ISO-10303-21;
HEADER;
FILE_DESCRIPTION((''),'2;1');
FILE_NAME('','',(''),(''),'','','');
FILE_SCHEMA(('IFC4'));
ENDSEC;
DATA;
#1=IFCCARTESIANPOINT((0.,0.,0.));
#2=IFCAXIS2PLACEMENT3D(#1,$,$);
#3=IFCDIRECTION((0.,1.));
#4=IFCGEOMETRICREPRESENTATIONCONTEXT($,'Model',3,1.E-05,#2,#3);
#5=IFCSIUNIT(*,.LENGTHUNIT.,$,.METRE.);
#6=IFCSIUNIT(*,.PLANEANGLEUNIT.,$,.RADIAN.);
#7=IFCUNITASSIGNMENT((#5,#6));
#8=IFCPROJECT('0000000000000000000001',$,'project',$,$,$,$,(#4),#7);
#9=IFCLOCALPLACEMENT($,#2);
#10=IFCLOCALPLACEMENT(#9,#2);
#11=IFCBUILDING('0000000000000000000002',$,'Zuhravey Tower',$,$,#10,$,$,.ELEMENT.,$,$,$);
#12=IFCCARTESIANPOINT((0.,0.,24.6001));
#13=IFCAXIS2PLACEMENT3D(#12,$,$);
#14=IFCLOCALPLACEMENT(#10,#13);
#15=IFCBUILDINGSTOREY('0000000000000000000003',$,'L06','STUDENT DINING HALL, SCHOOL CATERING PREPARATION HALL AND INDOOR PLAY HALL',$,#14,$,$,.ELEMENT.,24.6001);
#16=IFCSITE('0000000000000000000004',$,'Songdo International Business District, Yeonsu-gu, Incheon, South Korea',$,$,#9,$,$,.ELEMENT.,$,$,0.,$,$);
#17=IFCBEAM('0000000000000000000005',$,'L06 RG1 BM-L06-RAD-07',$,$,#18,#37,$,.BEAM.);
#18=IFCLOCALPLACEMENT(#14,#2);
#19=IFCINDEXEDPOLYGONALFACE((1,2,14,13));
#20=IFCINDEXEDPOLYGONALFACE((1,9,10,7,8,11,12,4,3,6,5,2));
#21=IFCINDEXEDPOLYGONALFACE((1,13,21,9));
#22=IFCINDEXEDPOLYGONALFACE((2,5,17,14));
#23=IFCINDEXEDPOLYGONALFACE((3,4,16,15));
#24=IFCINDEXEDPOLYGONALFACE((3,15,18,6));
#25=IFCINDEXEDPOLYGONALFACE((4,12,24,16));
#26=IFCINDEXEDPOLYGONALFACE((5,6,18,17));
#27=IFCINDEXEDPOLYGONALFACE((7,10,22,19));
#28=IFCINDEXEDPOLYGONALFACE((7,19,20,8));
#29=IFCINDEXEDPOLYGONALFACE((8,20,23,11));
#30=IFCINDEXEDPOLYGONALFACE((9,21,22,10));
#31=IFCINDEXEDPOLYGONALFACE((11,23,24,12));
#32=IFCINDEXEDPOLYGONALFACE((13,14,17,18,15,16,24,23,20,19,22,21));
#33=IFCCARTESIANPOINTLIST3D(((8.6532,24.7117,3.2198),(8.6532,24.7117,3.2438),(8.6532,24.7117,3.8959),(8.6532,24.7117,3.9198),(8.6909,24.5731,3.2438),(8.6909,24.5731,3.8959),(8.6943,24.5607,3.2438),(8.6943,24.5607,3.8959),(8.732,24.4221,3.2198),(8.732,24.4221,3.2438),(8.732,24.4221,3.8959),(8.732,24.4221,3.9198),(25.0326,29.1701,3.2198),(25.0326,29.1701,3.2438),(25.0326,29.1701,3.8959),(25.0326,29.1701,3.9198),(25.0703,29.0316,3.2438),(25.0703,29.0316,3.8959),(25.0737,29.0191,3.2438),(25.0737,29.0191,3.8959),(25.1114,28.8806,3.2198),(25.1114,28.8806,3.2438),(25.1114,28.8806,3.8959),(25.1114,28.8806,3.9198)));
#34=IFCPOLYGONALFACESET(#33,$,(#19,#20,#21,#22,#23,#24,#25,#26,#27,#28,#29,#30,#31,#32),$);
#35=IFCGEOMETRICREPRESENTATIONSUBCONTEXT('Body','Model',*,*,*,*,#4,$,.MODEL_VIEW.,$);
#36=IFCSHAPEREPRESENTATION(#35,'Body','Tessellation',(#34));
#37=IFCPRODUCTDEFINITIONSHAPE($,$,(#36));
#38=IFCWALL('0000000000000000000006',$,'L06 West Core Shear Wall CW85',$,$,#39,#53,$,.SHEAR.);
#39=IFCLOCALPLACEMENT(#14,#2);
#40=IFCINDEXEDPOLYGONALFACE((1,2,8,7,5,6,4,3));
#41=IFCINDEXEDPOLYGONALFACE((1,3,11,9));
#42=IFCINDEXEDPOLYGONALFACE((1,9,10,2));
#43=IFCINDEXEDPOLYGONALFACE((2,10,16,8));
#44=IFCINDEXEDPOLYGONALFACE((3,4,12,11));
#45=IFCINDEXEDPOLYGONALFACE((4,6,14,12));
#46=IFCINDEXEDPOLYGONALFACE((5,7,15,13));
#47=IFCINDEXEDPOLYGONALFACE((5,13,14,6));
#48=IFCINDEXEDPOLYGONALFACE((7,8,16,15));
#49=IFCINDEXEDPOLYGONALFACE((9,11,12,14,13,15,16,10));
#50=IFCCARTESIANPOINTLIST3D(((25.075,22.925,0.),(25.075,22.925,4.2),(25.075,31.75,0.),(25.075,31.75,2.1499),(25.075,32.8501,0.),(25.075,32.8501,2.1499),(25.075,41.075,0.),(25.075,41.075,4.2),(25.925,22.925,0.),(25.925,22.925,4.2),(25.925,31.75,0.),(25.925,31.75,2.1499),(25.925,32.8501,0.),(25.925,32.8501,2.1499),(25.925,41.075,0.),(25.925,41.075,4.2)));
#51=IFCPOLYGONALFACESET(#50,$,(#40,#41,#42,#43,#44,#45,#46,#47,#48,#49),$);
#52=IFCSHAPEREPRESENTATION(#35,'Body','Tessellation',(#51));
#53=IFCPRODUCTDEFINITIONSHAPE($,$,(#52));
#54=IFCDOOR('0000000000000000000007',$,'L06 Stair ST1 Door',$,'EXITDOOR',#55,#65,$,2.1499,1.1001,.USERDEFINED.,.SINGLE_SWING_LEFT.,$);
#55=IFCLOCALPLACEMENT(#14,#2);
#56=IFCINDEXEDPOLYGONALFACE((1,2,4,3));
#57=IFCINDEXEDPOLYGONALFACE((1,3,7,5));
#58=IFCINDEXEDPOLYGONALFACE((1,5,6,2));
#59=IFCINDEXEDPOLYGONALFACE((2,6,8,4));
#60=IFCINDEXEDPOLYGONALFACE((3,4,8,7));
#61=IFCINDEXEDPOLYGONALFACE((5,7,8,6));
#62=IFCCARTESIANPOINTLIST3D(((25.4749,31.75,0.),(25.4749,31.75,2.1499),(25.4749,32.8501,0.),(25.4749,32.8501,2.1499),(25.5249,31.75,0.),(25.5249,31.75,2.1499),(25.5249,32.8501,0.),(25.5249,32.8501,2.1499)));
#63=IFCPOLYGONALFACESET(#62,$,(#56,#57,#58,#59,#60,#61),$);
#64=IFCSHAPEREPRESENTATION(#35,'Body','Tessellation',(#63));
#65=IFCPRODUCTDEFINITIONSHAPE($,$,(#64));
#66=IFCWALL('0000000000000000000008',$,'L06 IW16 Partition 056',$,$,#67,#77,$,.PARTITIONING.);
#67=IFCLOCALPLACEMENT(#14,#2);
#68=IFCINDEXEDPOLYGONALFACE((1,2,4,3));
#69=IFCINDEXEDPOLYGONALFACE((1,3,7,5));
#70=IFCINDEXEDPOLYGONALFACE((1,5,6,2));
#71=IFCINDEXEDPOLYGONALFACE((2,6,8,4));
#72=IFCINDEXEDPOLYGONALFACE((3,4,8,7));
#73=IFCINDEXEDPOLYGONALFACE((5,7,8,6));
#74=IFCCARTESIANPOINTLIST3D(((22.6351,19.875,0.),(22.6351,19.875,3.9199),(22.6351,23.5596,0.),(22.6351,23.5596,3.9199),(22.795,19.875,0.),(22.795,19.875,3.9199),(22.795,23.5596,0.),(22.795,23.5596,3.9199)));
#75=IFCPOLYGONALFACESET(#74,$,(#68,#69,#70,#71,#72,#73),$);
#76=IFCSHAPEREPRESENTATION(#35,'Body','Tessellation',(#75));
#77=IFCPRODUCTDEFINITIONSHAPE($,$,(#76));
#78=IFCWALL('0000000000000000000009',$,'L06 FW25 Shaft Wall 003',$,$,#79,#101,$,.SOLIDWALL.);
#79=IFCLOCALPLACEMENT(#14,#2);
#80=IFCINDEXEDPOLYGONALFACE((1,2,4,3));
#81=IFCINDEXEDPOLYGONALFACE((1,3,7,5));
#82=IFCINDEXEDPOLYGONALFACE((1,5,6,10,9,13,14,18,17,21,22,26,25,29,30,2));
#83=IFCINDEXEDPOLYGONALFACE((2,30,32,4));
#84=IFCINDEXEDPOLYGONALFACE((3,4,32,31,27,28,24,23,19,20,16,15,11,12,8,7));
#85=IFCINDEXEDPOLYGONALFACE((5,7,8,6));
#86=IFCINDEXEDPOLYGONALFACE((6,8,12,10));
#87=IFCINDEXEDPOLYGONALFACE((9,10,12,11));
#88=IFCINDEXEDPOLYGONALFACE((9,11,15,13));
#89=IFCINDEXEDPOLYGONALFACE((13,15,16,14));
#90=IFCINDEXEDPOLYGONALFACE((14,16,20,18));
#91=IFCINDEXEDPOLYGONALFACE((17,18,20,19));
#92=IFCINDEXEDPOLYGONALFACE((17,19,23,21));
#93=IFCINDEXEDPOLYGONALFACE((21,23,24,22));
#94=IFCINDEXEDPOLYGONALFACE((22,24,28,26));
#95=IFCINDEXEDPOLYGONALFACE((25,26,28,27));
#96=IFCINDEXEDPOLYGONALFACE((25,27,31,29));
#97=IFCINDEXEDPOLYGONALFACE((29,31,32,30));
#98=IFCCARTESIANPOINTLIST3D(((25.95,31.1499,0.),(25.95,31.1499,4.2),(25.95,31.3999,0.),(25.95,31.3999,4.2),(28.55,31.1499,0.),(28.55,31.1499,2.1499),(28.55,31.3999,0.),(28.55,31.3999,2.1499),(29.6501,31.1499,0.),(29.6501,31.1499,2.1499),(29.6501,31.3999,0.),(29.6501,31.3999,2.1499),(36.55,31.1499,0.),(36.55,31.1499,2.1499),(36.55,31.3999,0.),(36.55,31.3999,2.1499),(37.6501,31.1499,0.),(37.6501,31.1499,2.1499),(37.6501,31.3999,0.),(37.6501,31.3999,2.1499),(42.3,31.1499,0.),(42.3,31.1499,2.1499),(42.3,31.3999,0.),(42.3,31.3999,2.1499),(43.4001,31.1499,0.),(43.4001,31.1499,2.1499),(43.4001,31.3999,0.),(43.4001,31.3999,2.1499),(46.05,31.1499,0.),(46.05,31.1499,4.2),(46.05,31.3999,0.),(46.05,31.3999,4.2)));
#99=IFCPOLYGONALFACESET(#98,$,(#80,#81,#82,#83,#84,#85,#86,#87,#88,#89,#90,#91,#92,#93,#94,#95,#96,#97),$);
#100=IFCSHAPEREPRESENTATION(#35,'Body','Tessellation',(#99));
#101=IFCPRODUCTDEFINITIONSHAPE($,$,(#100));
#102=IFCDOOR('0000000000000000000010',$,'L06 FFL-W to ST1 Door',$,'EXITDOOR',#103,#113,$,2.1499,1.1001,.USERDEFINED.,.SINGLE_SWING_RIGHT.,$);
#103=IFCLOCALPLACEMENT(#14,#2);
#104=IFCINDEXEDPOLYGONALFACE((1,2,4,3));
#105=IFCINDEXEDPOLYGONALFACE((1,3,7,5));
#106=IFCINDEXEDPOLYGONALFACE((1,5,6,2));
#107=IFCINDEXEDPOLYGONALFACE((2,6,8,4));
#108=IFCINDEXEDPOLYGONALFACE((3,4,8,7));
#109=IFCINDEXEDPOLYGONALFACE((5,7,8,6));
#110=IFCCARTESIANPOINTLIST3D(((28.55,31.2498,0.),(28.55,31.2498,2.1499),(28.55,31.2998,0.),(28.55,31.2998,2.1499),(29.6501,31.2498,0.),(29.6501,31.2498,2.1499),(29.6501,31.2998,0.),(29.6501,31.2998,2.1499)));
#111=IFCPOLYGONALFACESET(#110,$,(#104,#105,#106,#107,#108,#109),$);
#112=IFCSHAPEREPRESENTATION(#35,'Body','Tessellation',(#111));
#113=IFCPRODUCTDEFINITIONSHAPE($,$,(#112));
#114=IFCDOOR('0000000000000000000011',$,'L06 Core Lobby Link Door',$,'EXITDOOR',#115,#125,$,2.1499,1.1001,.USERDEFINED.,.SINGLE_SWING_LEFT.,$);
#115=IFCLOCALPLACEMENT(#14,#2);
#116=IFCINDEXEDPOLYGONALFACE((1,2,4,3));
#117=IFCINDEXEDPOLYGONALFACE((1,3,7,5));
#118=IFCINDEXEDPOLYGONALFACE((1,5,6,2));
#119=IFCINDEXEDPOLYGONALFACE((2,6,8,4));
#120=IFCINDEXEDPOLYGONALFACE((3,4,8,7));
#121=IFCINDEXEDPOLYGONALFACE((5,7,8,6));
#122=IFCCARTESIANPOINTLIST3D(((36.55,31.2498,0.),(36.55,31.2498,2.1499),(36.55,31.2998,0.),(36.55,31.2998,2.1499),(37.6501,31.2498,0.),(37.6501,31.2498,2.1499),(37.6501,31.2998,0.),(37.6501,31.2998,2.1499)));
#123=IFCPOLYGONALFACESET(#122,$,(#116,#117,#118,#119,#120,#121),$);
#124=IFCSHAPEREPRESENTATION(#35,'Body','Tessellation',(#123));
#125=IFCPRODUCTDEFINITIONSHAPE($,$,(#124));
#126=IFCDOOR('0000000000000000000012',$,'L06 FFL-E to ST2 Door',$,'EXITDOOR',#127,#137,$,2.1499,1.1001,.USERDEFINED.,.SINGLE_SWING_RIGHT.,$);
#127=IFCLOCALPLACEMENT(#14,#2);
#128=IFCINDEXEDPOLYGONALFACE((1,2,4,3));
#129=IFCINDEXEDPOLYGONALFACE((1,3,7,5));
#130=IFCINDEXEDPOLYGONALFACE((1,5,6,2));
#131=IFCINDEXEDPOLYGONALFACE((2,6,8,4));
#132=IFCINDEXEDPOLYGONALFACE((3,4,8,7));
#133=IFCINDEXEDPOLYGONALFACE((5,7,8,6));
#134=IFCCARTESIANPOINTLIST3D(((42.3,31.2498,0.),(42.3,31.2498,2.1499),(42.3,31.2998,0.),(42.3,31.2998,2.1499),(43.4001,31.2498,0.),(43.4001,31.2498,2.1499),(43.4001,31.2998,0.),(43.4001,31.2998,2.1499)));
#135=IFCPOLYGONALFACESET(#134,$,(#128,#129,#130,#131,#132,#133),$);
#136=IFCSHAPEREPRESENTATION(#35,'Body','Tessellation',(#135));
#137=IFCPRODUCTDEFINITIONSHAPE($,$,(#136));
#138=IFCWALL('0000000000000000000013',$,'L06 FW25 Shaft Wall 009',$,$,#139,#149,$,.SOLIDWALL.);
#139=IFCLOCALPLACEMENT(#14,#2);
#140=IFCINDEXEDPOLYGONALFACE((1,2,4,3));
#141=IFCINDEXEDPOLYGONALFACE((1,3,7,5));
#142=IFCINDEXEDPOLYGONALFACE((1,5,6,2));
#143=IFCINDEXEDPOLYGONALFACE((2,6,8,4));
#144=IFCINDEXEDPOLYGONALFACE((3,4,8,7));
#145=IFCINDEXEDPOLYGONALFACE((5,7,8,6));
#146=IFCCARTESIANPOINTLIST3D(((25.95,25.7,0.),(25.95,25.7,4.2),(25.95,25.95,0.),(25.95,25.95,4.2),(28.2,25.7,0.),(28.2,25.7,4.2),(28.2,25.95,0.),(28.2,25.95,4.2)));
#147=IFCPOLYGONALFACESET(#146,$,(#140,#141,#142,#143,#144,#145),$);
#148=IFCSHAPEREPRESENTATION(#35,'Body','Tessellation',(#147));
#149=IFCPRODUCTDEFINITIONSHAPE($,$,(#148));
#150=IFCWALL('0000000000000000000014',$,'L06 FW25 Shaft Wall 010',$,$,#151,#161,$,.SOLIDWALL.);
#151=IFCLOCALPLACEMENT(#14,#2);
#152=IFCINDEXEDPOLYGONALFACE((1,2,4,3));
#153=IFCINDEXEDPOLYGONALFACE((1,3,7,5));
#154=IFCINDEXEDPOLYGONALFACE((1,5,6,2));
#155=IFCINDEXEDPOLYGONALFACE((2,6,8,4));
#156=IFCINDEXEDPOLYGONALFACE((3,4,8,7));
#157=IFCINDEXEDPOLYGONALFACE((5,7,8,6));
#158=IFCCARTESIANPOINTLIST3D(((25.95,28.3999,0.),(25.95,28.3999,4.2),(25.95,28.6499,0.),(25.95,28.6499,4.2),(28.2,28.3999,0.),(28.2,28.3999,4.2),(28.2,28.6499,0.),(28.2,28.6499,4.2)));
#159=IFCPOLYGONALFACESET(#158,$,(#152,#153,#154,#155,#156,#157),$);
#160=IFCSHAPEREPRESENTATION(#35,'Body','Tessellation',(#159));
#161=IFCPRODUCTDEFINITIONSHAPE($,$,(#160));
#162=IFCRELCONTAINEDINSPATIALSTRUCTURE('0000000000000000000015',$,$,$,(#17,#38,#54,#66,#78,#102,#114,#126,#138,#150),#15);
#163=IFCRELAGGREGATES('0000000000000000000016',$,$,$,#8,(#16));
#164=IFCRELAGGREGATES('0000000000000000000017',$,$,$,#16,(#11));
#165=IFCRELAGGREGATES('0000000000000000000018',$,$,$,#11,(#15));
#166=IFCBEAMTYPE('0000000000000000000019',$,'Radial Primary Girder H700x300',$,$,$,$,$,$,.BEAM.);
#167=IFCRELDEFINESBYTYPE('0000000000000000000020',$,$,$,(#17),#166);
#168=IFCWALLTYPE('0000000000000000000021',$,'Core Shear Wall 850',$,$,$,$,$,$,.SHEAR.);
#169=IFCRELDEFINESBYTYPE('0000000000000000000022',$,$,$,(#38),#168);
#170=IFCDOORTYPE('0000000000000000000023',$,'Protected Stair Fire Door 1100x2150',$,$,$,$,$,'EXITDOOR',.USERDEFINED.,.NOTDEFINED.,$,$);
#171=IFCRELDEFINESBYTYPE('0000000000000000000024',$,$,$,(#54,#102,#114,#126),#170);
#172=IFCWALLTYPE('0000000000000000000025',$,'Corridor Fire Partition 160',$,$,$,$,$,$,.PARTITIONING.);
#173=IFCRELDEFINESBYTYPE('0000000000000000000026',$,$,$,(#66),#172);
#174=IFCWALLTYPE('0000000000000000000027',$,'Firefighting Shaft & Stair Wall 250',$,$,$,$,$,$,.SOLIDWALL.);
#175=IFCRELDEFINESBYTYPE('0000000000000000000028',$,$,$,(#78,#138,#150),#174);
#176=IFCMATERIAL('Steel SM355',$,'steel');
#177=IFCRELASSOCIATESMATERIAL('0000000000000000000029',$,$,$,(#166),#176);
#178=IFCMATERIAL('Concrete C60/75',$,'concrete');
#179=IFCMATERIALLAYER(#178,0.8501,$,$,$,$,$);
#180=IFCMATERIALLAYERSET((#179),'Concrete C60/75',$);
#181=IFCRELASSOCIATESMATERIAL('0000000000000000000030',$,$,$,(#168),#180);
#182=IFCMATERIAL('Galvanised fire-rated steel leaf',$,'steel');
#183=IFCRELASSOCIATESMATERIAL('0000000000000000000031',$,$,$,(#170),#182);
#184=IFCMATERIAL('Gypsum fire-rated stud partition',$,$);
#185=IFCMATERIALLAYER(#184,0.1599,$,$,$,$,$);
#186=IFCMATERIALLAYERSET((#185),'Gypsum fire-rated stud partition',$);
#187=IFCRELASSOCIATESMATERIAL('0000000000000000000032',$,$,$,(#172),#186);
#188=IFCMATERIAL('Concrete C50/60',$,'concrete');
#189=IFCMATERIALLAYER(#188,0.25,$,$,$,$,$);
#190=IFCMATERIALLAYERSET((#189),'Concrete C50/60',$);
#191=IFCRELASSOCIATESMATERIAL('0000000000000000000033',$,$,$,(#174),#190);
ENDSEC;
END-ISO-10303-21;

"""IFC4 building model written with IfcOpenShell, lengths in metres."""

from ifc_helpers import new_model, si_unit, direction, frame, frame_2d, origin, origin_2d, place, context, subcontext, project, spatial, rectangle, i_section, extrude, material, layer, layer_set, material_profile, profile_set, type_object, element, fill, save


model = new_model("IFC4")

# Units and contexts
model_context = context("Model", 3, precision=1e-05, world=origin(), true_north=direction((0.0, 1.0)))
body_context = subcontext(model_context, "Body", "Model", "MODEL_VIEW")
ifc_project = project(units=[si_unit("LENGTHUNIT", "METRE"), si_unit("PLANEANGLEUNIT", "RADIAN")], contexts=[model_context])

# Site, building, storey
site_placement = place(None, origin())
site = spatial("IfcSite", under=ifc_project, at=site_placement, Name="Songdo International Business District, Yeonsu-gu, Incheon, South Korea", CompositionType="ELEMENT", RefElevation=0.0)
building_placement = place(site_placement, origin())
building = spatial("IfcBuilding", under=site, at=building_placement, Name="Zuhravey Tower", CompositionType="ELEMENT")
storey_placement = place(building_placement, frame((0.0, 0.0, 24.6001)))
storey = spatial("IfcBuildingStorey", under=building, at=storey_placement, Name="L06", Description="STUDENT DINING HALL, SCHOOL CATERING PREPARATION HALL AND INDOOR PLAY HALL", CompositionType="ELEMENT", Elevation=24.6001)

# Beam
ifc_material_1 = material(Name="Steel SM355", Category="steel")
ifc_material_profile = material_profile(ifc_material_1, i_section(OverallWidth=0.3, OverallDepth=0.7, WebThickness=0.0129, FlangeThickness=0.0239, at=origin_2d()), Name="H-700x300x13x24")
ifc_profile_set = profile_set([ifc_material_profile], Name="Steel SM355")
beam_type = type_object("IfcBeamType", Name="Radial Primary Girder H700x300", PredefinedType="BEAM", material=ifc_profile_set)
beam_placement = place(storey_placement, frame((25.072, 29.0254, 3.5698), z_axis=(-0.964892, -0.262645, 0.0), x_axis=(0.262645, -0.964892, 0.0)))
element("IfcBeam", 1, at=beam_placement, inside=storey, type_object=beam_type, Name="L06 RG1 BM-L06-RAD-07", PredefinedType="BEAM", context=body_context, shape_type="SweptSolid", body=[
    extrude(i_section(OverallWidth=0.3, OverallDepth=0.7, WebThickness=0.0129, FlangeThickness=0.0239, at=origin_2d()), origin(), (0.0, 0.0, 1.0), 16.9753),
])

# Wall, opening, door
ifc_material_2 = material(Name="Concrete C60/75", Category="concrete")
ifc_layer_1 = layer(ifc_material_2, 0.8501)
ifc_layer_set_1 = layer_set([ifc_layer_1], Name="Concrete C60/75")
wall_type_1 = type_object("IfcWallType", Name="Core Shear Wall 850", PredefinedType="SHEAR", material=ifc_layer_set_1)
ifc_material_3 = material(Name="Galvanised fire-rated steel leaf", Category="steel")
wall_1_placement = place(storey_placement, frame((25.5, 22.925, 0.0), z_axis=(0.0, 0.0, 1.0), x_axis=(0.0, 1.0, 0.0)))
wall_1 = element("IfcWall", 2, at=wall_1_placement, inside=storey, type_object=wall_type_1, Name="L06 West Core Shear Wall CW85", PredefinedType="SHEAR", context=body_context, shape_type="SweptSolid", body=[
    extrude(rectangle(XDim=18.1499, YDim=0.8501, at=frame_2d((9.075, 0.0))), origin(), (0.0, 0.0, 1.0), 4.2),
])
opening_1_placement = place(wall_1_placement, frame((8.825, 0.0, 0.0)))
opening_1 = element("IfcOpeningElement", 3, at=opening_1_placement, cuts=wall_1, PredefinedType="OPENING", context=body_context, shape_type="SweptSolid", body=[
    extrude(rectangle(XDim=1.1001, YDim=2.1499, at=frame_2d((0.55, 1.075))), frame((0.0, 0.437, 0.0), z_axis=(0.0, -1.0, 0.0), x_axis=(1.0, 0.0, 0.0)), (0.0, 0.0, 1.0), 0.874),
])
door_type_1 = type_object("IfcDoorType", Name="Protected Stair Fire Door 1100x2150", ElementType="EXITDOOR", OperationType="NOTDEFINED", PredefinedType="USERDEFINED", material=ifc_material_3)
door_1_placement = place(opening_1_placement, frame((1.1001, 0.0, 0.0), z_axis=(0.0, 0.0, 1.0), x_axis=(-1.0, 0.0, 0.0)))
door_1 = element("IfcDoor", 4, at=door_1_placement, inside=storey, type_object=door_type_1, Name="L06 Stair ST1 Door", ObjectType="EXITDOOR", OperationType="SINGLE_SWING_LEFT", OverallHeight=2.1499, OverallWidth=1.1001, PredefinedType="USERDEFINED", context=body_context, shape_type="SweptSolid", body=[
    extrude(rectangle(XDim=1.1001, YDim=2.1499, at=frame_2d((0.55, 1.075))), frame((0.0, 0.0249, 0.0), z_axis=(0.0, -1.0, 0.0), x_axis=(1.0, 0.0, 0.0)), (0.0, 0.0, 1.0), 0.05),
])
fill(opening_1, door_1)

# Wall
ifc_material_4 = material(Name="Gypsum fire-rated stud partition")
ifc_layer_2 = layer(ifc_material_4, 0.1599)
ifc_layer_set_2 = layer_set([ifc_layer_2], Name="Gypsum fire-rated stud partition")
wall_type_2 = type_object("IfcWallType", Name="Corridor Fire Partition 160", PredefinedType="PARTITIONING", material=ifc_layer_set_2)
wall_2_placement = place(storey_placement, frame((22.7151, 23.5596, 0.0), z_axis=(0.0, 0.0, 1.0), x_axis=(0.0, -1.0, 0.0)))
element("IfcWall", 5, at=wall_2_placement, inside=storey, type_object=wall_type_2, Name="L06 IW16 Partition 056", PredefinedType="PARTITIONING", context=body_context, shape_type="SweptSolid", body=[
    extrude(rectangle(XDim=3.6846, YDim=0.1599, at=frame_2d((1.8423, 0.0))), origin(), (0.0, 0.0, 1.0), 3.9199),
])

# Wall, openings, doors
ifc_material_5 = material(Name="Concrete C50/60", Category="concrete")
ifc_layer_3 = layer(ifc_material_5, 0.25)
ifc_layer_set_3 = layer_set([ifc_layer_3], Name="Concrete C50/60")
wall_type_3 = type_object("IfcWallType", Name="Firefighting Shaft & Stair Wall 250", PredefinedType="SOLIDWALL", material=ifc_layer_set_3)
wall_3_placement = place(storey_placement, frame((25.95, 31.2749, 0.0), z_axis=(0.0, 0.0, 1.0), x_axis=(1.0, 0.0, 0.0)))
wall_3 = element("IfcWall", 6, at=wall_3_placement, inside=storey, type_object=wall_type_3, Name="L06 FW25 Shaft Wall 003", PredefinedType="SOLIDWALL", context=body_context, shape_type="SweptSolid", body=[
    extrude(rectangle(XDim=20.1001, YDim=0.25, at=frame_2d((10.05, 0.0))), origin(), (0.0, 0.0, 1.0), 4.2),
])
opening_2_placement = place(wall_3_placement, frame((2.6001, 0.0, 0.0)))
opening_2 = element("IfcOpeningElement", 7, at=opening_2_placement, cuts=wall_3, PredefinedType="OPENING", context=body_context, shape_type="SweptSolid", body=[
    extrude(rectangle(XDim=1.1001, YDim=2.1499, at=frame_2d((0.55, 1.075))), frame((0.0, 0.137, 0.0), z_axis=(0.0, -1.0, 0.0), x_axis=(1.0, 0.0, 0.0)), (0.0, 0.0, 1.0), 0.2739),
])
opening_3_placement = place(wall_3_placement, frame((10.6001, 0.0, 0.0)))
opening_3 = element("IfcOpeningElement", 8, at=opening_3_placement, cuts=wall_3, PredefinedType="OPENING", context=body_context, shape_type="SweptSolid", body=[
    extrude(rectangle(XDim=1.1001, YDim=2.1499, at=frame_2d((0.55, 1.075))), frame((0.0, 0.137, 0.0), z_axis=(0.0, -1.0, 0.0), x_axis=(1.0, 0.0, 0.0)), (0.0, 0.0, 1.0), 0.2739),
])
opening_4_placement = place(wall_3_placement, frame((16.3501, 0.0, 0.0)))
opening_4 = element("IfcOpeningElement", 9, at=opening_4_placement, cuts=wall_3, PredefinedType="OPENING", context=body_context, shape_type="SweptSolid", body=[
    extrude(rectangle(XDim=1.1001, YDim=2.1499, at=frame_2d((0.55, 1.075))), frame((0.0, 0.137, 0.0), z_axis=(0.0, -1.0, 0.0), x_axis=(1.0, 0.0, 0.0)), (0.0, 0.0, 1.0), 0.2739),
])
door_2_placement = place(opening_2_placement, origin())
door_2 = element("IfcDoor", 10, at=door_2_placement, inside=storey, type_object=door_type_1, Name="L06 FFL-W to ST1 Door", ObjectType="EXITDOOR", OperationType="SINGLE_SWING_RIGHT", OverallHeight=2.1499, OverallWidth=1.1001, PredefinedType="USERDEFINED", context=body_context, shape_type="SweptSolid", body=[
    extrude(rectangle(XDim=1.1001, YDim=2.1499, at=frame_2d((0.55, 1.075))), frame((0.0, 0.0249, 0.0), z_axis=(0.0, -1.0, 0.0), x_axis=(1.0, 0.0, 0.0)), (0.0, 0.0, 1.0), 0.05),
])
fill(opening_2, door_2)
door_3_placement = place(opening_3_placement, origin())
door_3 = element("IfcDoor", 11, at=door_3_placement, inside=storey, type_object=door_type_1, Name="L06 Core Lobby Link Door", ObjectType="EXITDOOR", OperationType="SINGLE_SWING_LEFT", OverallHeight=2.1499, OverallWidth=1.1001, PredefinedType="USERDEFINED", context=body_context, shape_type="SweptSolid", body=[
    extrude(rectangle(XDim=1.1001, YDim=2.1499, at=frame_2d((0.55, 1.075))), frame((0.0, 0.0249, 0.0), z_axis=(0.0, -1.0, 0.0), x_axis=(1.0, 0.0, 0.0)), (0.0, 0.0, 1.0), 0.05),
])
fill(opening_3, door_3)
door_4_placement = place(opening_4_placement, origin())
door_4 = element("IfcDoor", 12, at=door_4_placement, inside=storey, type_object=door_type_1, Name="L06 FFL-E to ST2 Door", ObjectType="EXITDOOR", OperationType="SINGLE_SWING_RIGHT", OverallHeight=2.1499, OverallWidth=1.1001, PredefinedType="USERDEFINED", context=body_context, shape_type="SweptSolid", body=[
    extrude(rectangle(XDim=1.1001, YDim=2.1499, at=frame_2d((0.55, 1.075))), frame((0.0, 0.0249, 0.0), z_axis=(0.0, -1.0, 0.0), x_axis=(1.0, 0.0, 0.0)), (0.0, 0.0, 1.0), 0.05),
])
fill(opening_4, door_4)

# Walls
for number, where, z_axis, x_axis, name in (
    (13, (25.95, 25.825, 0.0), (0.0, 0.0, 1.0), (1.0, 0.0, 0.0), "L06 FW25 Shaft Wall 009"),
    (14, (25.95, 28.5249, 0.0), (0.0, 0.0, 1.0), (1.0, 0.0, 0.0), "L06 FW25 Shaft Wall 010"),
):
    element("IfcWall", number, at=place(storey_placement, frame(where, z_axis=z_axis, x_axis=x_axis)), inside=storey, type_object=wall_type_3, Name=name, PredefinedType="SOLIDWALL", context=body_context, shape_type="SweptSolid", body=[
        extrude(rectangle(XDim=2.25, YDim=0.25, at=frame_2d((1.125, 0.0))), origin(), (0.0, 0.0, 1.0), 4.2),
    ])

save(model, "model.ifc")
